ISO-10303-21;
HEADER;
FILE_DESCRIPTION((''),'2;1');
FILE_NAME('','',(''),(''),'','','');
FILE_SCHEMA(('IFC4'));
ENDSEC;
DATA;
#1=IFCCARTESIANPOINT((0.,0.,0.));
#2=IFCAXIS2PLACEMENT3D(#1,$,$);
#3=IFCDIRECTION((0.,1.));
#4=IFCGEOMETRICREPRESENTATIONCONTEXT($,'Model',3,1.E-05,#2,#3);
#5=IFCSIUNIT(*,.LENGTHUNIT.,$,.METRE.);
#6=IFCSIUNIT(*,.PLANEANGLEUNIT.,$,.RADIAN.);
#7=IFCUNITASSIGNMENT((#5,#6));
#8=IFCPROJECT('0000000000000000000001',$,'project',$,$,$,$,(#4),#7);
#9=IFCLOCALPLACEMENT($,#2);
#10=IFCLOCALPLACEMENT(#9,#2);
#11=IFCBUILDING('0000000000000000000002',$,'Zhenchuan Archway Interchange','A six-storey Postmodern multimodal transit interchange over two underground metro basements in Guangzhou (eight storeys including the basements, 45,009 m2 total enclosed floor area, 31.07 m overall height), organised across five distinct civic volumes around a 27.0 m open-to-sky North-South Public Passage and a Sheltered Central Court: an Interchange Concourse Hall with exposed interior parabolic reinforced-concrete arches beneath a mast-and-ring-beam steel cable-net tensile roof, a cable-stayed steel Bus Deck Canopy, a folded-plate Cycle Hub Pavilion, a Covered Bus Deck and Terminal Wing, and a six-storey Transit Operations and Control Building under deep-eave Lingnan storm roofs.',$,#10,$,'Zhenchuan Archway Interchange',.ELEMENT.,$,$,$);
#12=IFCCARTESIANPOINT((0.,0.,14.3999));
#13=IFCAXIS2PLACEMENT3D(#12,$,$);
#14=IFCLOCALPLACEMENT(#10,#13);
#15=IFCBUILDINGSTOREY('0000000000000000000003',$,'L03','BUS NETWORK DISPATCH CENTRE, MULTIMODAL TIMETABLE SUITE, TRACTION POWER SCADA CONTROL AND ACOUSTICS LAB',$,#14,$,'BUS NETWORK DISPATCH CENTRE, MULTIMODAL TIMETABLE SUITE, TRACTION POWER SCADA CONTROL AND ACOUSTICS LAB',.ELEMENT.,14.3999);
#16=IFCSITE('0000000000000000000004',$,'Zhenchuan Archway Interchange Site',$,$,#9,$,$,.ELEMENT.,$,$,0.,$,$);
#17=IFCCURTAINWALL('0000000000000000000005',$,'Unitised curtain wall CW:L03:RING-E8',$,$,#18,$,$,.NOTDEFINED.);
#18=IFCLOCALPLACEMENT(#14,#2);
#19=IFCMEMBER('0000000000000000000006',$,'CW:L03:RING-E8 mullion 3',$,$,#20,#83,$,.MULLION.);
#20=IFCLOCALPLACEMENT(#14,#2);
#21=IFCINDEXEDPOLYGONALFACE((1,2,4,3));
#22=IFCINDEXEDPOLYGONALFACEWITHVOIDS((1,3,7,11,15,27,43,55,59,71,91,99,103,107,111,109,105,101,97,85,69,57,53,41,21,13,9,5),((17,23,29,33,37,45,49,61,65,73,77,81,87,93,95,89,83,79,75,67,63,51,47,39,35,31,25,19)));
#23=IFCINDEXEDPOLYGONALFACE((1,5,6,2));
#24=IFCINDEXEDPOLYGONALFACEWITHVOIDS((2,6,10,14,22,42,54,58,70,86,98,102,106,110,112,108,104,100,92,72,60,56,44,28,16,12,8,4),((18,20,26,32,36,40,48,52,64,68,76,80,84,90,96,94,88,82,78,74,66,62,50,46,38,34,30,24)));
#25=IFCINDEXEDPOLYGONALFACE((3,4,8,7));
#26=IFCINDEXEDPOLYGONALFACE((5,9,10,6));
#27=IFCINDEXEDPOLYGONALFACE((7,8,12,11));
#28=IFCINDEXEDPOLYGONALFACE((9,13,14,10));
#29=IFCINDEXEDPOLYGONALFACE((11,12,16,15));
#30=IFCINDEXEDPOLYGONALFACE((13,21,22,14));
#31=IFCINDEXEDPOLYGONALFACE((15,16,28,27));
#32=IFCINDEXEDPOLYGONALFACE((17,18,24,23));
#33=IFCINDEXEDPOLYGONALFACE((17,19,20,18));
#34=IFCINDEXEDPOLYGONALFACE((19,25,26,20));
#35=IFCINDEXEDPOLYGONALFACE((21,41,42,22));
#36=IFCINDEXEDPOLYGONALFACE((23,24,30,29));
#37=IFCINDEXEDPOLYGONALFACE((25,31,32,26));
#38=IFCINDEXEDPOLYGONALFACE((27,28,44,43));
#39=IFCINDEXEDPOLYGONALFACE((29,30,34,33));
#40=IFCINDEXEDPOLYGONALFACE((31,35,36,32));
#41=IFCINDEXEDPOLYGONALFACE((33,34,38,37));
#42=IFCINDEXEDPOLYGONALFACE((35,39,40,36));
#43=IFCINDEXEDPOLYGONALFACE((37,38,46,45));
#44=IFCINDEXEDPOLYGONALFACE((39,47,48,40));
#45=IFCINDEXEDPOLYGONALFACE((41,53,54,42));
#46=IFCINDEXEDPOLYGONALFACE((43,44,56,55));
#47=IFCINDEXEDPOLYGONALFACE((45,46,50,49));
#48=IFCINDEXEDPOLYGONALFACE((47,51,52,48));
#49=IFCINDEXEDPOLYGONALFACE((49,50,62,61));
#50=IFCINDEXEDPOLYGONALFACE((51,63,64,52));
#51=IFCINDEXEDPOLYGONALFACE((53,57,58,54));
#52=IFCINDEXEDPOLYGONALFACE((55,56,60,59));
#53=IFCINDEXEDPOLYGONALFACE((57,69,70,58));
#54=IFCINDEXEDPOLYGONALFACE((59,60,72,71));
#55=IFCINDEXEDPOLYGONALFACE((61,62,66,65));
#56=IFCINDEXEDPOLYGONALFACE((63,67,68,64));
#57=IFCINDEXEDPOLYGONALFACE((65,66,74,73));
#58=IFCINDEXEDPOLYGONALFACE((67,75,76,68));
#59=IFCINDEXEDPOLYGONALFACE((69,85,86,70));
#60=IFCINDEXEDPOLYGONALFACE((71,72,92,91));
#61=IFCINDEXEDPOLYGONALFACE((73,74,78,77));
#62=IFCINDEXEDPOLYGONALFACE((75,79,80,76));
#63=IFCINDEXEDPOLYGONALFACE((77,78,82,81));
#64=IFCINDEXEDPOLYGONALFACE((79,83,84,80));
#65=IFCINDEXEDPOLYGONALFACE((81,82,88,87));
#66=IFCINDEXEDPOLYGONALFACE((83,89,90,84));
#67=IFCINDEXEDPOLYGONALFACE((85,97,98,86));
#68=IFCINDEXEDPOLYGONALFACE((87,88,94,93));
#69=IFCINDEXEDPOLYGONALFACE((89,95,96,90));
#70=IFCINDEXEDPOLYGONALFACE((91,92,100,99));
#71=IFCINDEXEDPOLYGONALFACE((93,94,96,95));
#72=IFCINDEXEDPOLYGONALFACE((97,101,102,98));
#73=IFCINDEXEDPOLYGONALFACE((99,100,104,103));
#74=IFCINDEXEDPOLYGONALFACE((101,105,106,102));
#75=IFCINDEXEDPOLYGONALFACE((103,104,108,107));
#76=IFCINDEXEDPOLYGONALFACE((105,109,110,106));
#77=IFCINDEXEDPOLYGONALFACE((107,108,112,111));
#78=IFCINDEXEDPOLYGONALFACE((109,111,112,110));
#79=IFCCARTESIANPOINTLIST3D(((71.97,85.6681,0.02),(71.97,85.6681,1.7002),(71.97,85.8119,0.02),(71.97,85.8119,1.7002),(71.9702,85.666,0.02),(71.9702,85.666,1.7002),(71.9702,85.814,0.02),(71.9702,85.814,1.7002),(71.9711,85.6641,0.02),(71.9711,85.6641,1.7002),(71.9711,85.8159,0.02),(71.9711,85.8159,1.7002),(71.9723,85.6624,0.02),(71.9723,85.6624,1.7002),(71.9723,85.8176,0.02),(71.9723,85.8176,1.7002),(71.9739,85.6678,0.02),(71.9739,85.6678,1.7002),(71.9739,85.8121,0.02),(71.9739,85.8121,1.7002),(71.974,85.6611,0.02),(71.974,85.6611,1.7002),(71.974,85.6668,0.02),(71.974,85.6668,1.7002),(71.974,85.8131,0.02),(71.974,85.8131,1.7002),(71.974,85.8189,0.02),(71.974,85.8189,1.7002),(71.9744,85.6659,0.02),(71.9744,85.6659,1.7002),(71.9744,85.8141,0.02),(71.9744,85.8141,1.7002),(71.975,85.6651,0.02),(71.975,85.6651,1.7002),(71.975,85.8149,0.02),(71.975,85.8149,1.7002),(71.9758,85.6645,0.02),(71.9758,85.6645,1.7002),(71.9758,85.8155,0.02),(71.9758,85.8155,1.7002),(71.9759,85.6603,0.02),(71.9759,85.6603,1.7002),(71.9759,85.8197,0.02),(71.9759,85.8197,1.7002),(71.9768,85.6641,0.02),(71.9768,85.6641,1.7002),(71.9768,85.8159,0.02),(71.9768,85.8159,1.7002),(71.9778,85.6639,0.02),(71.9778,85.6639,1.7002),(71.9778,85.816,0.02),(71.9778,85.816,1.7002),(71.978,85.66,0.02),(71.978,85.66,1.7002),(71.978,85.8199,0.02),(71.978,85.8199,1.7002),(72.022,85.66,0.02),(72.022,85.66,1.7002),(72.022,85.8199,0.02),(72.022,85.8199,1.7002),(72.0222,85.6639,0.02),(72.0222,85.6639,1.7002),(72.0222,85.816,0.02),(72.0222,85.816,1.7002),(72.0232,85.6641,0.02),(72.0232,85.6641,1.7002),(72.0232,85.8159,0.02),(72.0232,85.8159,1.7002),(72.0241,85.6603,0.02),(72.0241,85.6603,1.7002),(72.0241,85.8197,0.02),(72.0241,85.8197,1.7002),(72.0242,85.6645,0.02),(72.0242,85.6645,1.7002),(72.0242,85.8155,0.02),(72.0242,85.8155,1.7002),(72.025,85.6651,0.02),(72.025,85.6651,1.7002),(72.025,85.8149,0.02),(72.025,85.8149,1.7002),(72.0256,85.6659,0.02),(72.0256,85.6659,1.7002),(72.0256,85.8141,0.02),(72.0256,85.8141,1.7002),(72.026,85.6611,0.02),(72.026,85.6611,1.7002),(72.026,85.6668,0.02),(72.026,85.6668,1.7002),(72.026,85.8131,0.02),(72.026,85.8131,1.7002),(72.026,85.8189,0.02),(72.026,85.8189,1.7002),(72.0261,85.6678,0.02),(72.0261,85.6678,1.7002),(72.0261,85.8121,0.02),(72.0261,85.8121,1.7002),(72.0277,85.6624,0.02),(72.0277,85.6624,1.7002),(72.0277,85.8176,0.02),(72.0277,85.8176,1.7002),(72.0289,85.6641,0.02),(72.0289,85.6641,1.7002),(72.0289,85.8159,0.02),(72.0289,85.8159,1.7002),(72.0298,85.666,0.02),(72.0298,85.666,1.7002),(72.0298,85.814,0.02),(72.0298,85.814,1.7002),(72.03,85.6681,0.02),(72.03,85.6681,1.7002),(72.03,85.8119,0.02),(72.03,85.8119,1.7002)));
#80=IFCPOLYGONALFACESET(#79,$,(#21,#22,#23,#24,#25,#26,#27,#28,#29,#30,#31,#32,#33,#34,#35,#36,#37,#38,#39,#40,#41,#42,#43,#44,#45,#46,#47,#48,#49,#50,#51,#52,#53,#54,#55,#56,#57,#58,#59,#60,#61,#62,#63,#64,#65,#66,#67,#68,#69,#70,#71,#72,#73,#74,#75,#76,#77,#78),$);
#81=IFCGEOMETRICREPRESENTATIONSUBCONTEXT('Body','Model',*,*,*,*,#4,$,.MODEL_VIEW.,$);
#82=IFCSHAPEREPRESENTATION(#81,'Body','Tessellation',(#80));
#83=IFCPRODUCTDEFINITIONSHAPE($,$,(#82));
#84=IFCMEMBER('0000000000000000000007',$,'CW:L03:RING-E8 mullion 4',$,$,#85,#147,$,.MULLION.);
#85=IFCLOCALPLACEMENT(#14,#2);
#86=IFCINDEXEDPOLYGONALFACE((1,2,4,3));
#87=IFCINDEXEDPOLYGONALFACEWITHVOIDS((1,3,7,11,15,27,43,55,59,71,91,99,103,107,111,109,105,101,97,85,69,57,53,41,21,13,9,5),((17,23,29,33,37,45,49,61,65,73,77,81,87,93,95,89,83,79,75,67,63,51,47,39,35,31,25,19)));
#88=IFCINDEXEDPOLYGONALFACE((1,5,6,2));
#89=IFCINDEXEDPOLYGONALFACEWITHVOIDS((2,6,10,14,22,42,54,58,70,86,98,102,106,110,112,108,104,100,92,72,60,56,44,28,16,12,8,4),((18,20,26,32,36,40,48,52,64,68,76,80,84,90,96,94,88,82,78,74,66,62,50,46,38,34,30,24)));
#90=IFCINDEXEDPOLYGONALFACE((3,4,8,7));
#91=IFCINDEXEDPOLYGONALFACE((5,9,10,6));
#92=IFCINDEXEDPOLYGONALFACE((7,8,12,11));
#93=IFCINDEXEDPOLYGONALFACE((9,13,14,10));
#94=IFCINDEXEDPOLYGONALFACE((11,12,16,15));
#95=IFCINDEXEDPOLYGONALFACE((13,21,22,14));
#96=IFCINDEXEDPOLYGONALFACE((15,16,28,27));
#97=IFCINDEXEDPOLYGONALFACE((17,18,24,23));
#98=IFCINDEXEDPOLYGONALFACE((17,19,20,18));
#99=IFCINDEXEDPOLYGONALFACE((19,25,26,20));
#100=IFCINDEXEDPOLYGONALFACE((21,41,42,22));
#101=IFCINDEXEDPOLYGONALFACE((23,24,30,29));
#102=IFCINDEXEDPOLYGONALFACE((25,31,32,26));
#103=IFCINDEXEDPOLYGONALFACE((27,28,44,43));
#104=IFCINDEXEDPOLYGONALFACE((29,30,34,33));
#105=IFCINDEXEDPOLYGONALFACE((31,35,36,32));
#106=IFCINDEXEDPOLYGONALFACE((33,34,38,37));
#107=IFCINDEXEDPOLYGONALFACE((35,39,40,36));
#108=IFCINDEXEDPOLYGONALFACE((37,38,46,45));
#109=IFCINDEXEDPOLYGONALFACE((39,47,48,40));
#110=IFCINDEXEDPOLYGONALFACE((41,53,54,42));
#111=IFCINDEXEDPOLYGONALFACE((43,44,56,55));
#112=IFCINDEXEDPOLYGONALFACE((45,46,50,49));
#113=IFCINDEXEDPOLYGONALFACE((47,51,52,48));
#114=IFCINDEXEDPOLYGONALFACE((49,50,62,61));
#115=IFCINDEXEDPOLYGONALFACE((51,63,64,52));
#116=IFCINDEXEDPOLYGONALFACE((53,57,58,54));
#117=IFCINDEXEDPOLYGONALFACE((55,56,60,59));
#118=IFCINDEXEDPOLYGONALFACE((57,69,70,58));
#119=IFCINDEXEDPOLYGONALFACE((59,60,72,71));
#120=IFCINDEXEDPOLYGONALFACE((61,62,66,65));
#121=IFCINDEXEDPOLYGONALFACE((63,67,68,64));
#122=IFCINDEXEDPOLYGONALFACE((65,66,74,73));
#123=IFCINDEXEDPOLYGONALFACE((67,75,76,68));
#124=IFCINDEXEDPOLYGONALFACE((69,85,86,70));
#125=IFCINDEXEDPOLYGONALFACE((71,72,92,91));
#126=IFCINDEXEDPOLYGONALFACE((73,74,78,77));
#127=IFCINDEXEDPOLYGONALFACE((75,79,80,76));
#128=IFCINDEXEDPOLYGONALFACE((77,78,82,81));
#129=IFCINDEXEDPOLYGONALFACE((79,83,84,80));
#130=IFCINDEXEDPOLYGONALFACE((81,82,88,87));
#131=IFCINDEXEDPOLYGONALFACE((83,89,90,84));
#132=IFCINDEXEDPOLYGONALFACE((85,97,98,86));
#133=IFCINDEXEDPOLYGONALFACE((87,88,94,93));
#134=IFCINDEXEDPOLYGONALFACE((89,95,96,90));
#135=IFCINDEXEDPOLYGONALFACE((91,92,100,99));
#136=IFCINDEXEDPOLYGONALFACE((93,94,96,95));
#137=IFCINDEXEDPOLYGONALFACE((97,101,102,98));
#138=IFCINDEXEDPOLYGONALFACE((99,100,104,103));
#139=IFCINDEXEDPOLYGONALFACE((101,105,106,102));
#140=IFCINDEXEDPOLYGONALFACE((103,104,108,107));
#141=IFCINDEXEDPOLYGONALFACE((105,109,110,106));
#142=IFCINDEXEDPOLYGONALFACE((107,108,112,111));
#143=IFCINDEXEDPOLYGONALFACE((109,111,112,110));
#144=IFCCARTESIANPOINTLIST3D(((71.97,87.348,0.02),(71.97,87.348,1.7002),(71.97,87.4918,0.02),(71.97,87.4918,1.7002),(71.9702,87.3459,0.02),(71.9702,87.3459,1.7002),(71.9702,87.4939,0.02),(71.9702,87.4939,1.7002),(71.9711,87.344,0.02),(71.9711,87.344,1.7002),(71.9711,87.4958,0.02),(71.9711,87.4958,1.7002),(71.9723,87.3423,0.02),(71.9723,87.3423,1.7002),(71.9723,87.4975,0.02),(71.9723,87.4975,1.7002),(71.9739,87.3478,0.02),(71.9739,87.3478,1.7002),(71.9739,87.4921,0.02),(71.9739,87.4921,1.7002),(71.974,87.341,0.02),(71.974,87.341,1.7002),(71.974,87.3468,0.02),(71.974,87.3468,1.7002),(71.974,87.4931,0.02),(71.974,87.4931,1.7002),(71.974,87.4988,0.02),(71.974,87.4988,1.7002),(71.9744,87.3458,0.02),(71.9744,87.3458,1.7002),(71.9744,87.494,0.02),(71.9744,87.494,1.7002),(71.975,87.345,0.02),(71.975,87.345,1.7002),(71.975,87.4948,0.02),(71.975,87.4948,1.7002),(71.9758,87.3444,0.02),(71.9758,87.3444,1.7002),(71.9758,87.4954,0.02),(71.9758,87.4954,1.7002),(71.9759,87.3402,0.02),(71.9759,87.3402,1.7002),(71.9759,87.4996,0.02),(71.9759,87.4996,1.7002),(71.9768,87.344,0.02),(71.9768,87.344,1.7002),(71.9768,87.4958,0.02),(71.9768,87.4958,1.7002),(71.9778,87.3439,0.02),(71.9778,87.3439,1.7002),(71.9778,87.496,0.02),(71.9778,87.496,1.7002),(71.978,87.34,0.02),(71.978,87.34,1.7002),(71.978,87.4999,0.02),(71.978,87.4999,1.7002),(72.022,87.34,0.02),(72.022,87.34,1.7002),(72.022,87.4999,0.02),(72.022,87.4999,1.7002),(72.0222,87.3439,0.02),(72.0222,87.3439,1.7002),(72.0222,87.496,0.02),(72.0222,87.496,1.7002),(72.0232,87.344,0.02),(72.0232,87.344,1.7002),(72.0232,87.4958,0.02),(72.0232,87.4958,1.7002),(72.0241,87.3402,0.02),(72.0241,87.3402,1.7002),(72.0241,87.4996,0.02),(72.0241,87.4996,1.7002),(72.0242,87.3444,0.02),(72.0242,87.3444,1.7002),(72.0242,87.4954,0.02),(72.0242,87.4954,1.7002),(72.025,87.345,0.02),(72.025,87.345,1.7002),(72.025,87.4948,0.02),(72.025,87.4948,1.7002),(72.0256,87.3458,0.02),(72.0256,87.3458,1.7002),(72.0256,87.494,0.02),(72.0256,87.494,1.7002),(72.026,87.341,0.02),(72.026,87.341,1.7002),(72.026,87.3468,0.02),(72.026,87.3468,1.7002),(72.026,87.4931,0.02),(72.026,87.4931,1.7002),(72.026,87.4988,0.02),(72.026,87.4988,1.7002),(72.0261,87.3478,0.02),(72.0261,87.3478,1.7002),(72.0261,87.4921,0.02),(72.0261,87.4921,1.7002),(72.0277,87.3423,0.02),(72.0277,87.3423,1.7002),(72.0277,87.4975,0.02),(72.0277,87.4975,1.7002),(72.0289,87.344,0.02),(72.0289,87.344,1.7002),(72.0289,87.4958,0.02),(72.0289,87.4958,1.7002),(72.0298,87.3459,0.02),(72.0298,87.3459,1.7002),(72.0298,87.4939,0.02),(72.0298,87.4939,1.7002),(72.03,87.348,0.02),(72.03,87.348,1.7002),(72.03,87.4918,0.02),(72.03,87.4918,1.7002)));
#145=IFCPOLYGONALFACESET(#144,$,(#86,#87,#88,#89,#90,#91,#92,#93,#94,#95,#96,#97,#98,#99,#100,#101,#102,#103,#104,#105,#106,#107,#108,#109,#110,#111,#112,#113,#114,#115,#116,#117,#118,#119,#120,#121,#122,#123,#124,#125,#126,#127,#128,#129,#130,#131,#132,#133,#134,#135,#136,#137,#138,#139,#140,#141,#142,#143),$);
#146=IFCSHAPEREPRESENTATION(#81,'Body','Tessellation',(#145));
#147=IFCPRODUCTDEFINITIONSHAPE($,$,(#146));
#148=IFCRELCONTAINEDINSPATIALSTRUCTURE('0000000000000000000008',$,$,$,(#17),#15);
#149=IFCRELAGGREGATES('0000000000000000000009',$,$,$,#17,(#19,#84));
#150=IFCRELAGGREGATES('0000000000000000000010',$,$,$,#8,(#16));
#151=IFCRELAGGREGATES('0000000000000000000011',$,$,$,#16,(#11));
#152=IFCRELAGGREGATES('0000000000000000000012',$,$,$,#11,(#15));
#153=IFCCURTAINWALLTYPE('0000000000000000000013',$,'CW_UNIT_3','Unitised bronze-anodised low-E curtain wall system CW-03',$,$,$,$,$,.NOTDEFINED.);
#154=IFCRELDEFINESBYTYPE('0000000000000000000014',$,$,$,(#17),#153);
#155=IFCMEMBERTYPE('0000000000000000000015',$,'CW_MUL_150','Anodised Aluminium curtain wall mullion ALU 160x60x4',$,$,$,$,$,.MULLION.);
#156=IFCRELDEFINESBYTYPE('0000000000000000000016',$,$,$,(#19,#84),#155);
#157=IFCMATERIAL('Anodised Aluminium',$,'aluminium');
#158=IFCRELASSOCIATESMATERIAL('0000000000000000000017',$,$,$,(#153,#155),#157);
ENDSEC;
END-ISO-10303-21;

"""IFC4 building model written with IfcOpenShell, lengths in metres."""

from ifc_helpers import new_model, si_unit, direction, frame, origin, origin_2d, place, context, subcontext, project, spatial, hollow_rectangle, extrude, material, material_profile, profile_set, type_object, element, aggregate, save


model = new_model("IFC4")

# Units and contexts
model_context = context("Model", 3, precision=1e-05, world=origin(), true_north=direction((0.0, 1.0)))
body_context = subcontext(model_context, "Body", "Model", "MODEL_VIEW")
ifc_project = project(units=[si_unit("LENGTHUNIT", "METRE"), si_unit("PLANEANGLEUNIT", "RADIAN")], contexts=[model_context])

# Site, building, storey
site_placement = place(None, origin())
site = spatial("IfcSite", under=ifc_project, at=site_placement, Name="Zhenchuan Archway Interchange Site", CompositionType="ELEMENT", RefElevation=0.0)
building_placement = place(site_placement, origin())
building = spatial("IfcBuilding", under=site, at=building_placement, Name="Zhenchuan Archway Interchange", Description="A six-storey Postmodern multimodal transit interchange over two underground metro basements in Guangzhou (eight storeys including the basements, 45,009 m2 total enclosed floor area, 31.07 m overall height), organised across five distinct civic volumes around a 27.0 m open-to-sky North-South Public Passage and a Sheltered Central Court: an Interchange Concourse Hall with exposed interior parabolic reinforced-concrete arches beneath a mast-and-ring-beam steel cable-net tensile roof, a cable-stayed steel Bus Deck Canopy, a folded-plate Cycle Hub Pavilion, a Covered Bus Deck and Terminal Wing, and a six-storey Transit Operations and Control Building under deep-eave Lingnan storm roofs.", LongName="Zhenchuan Archway Interchange", CompositionType="ELEMENT")
storey_placement = place(building_placement, frame((0.0, 0.0, 14.3999)))
storey = spatial("IfcBuildingStorey", under=building, at=storey_placement, Name="L03", Description="BUS NETWORK DISPATCH CENTRE, MULTIMODAL TIMETABLE SUITE, TRACTION POWER SCADA CONTROL AND ACOUSTICS LAB", LongName="BUS NETWORK DISPATCH CENTRE, MULTIMODAL TIMETABLE SUITE, TRACTION POWER SCADA CONTROL AND ACOUSTICS LAB", CompositionType="ELEMENT", Elevation=14.3999)

# Shared definitions
ifc_material_1 = material(Name="Anodised Aluminium", Category="aluminium")
curtain_wall_type = type_object("IfcCurtainWallType", Name="CW_UNIT_3", Description="Unitised bronze-anodised low-E curtain wall system CW-03", PredefinedType="NOTDEFINED", material=ifc_material_1)
ifc_material_profile_1 = material_profile(ifc_material_1, hollow_rectangle(XDim=0.0601, YDim=0.1599, WallThickness=0.0039, InnerFilletRadius=0.0039, OuterFilletRadius=0.0081, at=origin_2d()), Name="ALU 160x60x4")
ifc_profile_set_1 = profile_set([ifc_material_profile_1], Name="Anodised Aluminium")
member_type_1 = type_object("IfcMemberType", Name="CW_MUL_150", Description="Anodised Aluminium curtain wall mullion ALU 160x60x4", PredefinedType="MULLION", material=ifc_profile_set_1)

# Curtain wall, members
curtain_wall_1_placement = place(storey_placement, origin())
curtain_wall_1 = element("IfcCurtainWall", 1, at=curtain_wall_1_placement, inside=storey, type_object=curtain_wall_type, Name="Unitised curtain wall CW:L03:RING-E8", PredefinedType="NOTDEFINED")
member_1_placement = place(storey_placement, frame((72.0, 85.74, 0.02), z_axis=(0.0, 0.0, 1.0), x_axis=(1.0, 0.0, 0.0)))
member_1 = element("IfcMember", 2, at=member_1_placement, type_object=member_type_1, Name="CW:L03:RING-E8 mullion 3", PredefinedType="MULLION", context=body_context, shape_type="SweptSolid", body=[
    extrude(hollow_rectangle(XDim=0.0601, YDim=0.1599, WallThickness=0.0039, InnerFilletRadius=0.0039, OuterFilletRadius=0.0081, at=origin_2d()), origin(), (0.0, 0.0, 1.0), 1.6802),
])
member_2_placement = place(storey_placement, frame((72.0, 87.4199, 0.02), z_axis=(0.0, 0.0, 1.0), x_axis=(1.0, 0.0, 0.0)))
member_2 = element("IfcMember", 3, at=member_2_placement, type_object=member_type_1, Name="CW:L03:RING-E8 mullion 4", PredefinedType="MULLION", context=body_context, shape_type="SweptSolid", body=[
    extrude(hollow_rectangle(XDim=0.0601, YDim=0.1599, WallThickness=0.0039, InnerFilletRadius=0.0039, OuterFilletRadius=0.0081, at=origin_2d()), origin(), (0.0, 0.0, 1.0), 1.6802),
])

aggregate(curtain_wall_1, [member_1, member_2])

save(model, "model.ifc")
